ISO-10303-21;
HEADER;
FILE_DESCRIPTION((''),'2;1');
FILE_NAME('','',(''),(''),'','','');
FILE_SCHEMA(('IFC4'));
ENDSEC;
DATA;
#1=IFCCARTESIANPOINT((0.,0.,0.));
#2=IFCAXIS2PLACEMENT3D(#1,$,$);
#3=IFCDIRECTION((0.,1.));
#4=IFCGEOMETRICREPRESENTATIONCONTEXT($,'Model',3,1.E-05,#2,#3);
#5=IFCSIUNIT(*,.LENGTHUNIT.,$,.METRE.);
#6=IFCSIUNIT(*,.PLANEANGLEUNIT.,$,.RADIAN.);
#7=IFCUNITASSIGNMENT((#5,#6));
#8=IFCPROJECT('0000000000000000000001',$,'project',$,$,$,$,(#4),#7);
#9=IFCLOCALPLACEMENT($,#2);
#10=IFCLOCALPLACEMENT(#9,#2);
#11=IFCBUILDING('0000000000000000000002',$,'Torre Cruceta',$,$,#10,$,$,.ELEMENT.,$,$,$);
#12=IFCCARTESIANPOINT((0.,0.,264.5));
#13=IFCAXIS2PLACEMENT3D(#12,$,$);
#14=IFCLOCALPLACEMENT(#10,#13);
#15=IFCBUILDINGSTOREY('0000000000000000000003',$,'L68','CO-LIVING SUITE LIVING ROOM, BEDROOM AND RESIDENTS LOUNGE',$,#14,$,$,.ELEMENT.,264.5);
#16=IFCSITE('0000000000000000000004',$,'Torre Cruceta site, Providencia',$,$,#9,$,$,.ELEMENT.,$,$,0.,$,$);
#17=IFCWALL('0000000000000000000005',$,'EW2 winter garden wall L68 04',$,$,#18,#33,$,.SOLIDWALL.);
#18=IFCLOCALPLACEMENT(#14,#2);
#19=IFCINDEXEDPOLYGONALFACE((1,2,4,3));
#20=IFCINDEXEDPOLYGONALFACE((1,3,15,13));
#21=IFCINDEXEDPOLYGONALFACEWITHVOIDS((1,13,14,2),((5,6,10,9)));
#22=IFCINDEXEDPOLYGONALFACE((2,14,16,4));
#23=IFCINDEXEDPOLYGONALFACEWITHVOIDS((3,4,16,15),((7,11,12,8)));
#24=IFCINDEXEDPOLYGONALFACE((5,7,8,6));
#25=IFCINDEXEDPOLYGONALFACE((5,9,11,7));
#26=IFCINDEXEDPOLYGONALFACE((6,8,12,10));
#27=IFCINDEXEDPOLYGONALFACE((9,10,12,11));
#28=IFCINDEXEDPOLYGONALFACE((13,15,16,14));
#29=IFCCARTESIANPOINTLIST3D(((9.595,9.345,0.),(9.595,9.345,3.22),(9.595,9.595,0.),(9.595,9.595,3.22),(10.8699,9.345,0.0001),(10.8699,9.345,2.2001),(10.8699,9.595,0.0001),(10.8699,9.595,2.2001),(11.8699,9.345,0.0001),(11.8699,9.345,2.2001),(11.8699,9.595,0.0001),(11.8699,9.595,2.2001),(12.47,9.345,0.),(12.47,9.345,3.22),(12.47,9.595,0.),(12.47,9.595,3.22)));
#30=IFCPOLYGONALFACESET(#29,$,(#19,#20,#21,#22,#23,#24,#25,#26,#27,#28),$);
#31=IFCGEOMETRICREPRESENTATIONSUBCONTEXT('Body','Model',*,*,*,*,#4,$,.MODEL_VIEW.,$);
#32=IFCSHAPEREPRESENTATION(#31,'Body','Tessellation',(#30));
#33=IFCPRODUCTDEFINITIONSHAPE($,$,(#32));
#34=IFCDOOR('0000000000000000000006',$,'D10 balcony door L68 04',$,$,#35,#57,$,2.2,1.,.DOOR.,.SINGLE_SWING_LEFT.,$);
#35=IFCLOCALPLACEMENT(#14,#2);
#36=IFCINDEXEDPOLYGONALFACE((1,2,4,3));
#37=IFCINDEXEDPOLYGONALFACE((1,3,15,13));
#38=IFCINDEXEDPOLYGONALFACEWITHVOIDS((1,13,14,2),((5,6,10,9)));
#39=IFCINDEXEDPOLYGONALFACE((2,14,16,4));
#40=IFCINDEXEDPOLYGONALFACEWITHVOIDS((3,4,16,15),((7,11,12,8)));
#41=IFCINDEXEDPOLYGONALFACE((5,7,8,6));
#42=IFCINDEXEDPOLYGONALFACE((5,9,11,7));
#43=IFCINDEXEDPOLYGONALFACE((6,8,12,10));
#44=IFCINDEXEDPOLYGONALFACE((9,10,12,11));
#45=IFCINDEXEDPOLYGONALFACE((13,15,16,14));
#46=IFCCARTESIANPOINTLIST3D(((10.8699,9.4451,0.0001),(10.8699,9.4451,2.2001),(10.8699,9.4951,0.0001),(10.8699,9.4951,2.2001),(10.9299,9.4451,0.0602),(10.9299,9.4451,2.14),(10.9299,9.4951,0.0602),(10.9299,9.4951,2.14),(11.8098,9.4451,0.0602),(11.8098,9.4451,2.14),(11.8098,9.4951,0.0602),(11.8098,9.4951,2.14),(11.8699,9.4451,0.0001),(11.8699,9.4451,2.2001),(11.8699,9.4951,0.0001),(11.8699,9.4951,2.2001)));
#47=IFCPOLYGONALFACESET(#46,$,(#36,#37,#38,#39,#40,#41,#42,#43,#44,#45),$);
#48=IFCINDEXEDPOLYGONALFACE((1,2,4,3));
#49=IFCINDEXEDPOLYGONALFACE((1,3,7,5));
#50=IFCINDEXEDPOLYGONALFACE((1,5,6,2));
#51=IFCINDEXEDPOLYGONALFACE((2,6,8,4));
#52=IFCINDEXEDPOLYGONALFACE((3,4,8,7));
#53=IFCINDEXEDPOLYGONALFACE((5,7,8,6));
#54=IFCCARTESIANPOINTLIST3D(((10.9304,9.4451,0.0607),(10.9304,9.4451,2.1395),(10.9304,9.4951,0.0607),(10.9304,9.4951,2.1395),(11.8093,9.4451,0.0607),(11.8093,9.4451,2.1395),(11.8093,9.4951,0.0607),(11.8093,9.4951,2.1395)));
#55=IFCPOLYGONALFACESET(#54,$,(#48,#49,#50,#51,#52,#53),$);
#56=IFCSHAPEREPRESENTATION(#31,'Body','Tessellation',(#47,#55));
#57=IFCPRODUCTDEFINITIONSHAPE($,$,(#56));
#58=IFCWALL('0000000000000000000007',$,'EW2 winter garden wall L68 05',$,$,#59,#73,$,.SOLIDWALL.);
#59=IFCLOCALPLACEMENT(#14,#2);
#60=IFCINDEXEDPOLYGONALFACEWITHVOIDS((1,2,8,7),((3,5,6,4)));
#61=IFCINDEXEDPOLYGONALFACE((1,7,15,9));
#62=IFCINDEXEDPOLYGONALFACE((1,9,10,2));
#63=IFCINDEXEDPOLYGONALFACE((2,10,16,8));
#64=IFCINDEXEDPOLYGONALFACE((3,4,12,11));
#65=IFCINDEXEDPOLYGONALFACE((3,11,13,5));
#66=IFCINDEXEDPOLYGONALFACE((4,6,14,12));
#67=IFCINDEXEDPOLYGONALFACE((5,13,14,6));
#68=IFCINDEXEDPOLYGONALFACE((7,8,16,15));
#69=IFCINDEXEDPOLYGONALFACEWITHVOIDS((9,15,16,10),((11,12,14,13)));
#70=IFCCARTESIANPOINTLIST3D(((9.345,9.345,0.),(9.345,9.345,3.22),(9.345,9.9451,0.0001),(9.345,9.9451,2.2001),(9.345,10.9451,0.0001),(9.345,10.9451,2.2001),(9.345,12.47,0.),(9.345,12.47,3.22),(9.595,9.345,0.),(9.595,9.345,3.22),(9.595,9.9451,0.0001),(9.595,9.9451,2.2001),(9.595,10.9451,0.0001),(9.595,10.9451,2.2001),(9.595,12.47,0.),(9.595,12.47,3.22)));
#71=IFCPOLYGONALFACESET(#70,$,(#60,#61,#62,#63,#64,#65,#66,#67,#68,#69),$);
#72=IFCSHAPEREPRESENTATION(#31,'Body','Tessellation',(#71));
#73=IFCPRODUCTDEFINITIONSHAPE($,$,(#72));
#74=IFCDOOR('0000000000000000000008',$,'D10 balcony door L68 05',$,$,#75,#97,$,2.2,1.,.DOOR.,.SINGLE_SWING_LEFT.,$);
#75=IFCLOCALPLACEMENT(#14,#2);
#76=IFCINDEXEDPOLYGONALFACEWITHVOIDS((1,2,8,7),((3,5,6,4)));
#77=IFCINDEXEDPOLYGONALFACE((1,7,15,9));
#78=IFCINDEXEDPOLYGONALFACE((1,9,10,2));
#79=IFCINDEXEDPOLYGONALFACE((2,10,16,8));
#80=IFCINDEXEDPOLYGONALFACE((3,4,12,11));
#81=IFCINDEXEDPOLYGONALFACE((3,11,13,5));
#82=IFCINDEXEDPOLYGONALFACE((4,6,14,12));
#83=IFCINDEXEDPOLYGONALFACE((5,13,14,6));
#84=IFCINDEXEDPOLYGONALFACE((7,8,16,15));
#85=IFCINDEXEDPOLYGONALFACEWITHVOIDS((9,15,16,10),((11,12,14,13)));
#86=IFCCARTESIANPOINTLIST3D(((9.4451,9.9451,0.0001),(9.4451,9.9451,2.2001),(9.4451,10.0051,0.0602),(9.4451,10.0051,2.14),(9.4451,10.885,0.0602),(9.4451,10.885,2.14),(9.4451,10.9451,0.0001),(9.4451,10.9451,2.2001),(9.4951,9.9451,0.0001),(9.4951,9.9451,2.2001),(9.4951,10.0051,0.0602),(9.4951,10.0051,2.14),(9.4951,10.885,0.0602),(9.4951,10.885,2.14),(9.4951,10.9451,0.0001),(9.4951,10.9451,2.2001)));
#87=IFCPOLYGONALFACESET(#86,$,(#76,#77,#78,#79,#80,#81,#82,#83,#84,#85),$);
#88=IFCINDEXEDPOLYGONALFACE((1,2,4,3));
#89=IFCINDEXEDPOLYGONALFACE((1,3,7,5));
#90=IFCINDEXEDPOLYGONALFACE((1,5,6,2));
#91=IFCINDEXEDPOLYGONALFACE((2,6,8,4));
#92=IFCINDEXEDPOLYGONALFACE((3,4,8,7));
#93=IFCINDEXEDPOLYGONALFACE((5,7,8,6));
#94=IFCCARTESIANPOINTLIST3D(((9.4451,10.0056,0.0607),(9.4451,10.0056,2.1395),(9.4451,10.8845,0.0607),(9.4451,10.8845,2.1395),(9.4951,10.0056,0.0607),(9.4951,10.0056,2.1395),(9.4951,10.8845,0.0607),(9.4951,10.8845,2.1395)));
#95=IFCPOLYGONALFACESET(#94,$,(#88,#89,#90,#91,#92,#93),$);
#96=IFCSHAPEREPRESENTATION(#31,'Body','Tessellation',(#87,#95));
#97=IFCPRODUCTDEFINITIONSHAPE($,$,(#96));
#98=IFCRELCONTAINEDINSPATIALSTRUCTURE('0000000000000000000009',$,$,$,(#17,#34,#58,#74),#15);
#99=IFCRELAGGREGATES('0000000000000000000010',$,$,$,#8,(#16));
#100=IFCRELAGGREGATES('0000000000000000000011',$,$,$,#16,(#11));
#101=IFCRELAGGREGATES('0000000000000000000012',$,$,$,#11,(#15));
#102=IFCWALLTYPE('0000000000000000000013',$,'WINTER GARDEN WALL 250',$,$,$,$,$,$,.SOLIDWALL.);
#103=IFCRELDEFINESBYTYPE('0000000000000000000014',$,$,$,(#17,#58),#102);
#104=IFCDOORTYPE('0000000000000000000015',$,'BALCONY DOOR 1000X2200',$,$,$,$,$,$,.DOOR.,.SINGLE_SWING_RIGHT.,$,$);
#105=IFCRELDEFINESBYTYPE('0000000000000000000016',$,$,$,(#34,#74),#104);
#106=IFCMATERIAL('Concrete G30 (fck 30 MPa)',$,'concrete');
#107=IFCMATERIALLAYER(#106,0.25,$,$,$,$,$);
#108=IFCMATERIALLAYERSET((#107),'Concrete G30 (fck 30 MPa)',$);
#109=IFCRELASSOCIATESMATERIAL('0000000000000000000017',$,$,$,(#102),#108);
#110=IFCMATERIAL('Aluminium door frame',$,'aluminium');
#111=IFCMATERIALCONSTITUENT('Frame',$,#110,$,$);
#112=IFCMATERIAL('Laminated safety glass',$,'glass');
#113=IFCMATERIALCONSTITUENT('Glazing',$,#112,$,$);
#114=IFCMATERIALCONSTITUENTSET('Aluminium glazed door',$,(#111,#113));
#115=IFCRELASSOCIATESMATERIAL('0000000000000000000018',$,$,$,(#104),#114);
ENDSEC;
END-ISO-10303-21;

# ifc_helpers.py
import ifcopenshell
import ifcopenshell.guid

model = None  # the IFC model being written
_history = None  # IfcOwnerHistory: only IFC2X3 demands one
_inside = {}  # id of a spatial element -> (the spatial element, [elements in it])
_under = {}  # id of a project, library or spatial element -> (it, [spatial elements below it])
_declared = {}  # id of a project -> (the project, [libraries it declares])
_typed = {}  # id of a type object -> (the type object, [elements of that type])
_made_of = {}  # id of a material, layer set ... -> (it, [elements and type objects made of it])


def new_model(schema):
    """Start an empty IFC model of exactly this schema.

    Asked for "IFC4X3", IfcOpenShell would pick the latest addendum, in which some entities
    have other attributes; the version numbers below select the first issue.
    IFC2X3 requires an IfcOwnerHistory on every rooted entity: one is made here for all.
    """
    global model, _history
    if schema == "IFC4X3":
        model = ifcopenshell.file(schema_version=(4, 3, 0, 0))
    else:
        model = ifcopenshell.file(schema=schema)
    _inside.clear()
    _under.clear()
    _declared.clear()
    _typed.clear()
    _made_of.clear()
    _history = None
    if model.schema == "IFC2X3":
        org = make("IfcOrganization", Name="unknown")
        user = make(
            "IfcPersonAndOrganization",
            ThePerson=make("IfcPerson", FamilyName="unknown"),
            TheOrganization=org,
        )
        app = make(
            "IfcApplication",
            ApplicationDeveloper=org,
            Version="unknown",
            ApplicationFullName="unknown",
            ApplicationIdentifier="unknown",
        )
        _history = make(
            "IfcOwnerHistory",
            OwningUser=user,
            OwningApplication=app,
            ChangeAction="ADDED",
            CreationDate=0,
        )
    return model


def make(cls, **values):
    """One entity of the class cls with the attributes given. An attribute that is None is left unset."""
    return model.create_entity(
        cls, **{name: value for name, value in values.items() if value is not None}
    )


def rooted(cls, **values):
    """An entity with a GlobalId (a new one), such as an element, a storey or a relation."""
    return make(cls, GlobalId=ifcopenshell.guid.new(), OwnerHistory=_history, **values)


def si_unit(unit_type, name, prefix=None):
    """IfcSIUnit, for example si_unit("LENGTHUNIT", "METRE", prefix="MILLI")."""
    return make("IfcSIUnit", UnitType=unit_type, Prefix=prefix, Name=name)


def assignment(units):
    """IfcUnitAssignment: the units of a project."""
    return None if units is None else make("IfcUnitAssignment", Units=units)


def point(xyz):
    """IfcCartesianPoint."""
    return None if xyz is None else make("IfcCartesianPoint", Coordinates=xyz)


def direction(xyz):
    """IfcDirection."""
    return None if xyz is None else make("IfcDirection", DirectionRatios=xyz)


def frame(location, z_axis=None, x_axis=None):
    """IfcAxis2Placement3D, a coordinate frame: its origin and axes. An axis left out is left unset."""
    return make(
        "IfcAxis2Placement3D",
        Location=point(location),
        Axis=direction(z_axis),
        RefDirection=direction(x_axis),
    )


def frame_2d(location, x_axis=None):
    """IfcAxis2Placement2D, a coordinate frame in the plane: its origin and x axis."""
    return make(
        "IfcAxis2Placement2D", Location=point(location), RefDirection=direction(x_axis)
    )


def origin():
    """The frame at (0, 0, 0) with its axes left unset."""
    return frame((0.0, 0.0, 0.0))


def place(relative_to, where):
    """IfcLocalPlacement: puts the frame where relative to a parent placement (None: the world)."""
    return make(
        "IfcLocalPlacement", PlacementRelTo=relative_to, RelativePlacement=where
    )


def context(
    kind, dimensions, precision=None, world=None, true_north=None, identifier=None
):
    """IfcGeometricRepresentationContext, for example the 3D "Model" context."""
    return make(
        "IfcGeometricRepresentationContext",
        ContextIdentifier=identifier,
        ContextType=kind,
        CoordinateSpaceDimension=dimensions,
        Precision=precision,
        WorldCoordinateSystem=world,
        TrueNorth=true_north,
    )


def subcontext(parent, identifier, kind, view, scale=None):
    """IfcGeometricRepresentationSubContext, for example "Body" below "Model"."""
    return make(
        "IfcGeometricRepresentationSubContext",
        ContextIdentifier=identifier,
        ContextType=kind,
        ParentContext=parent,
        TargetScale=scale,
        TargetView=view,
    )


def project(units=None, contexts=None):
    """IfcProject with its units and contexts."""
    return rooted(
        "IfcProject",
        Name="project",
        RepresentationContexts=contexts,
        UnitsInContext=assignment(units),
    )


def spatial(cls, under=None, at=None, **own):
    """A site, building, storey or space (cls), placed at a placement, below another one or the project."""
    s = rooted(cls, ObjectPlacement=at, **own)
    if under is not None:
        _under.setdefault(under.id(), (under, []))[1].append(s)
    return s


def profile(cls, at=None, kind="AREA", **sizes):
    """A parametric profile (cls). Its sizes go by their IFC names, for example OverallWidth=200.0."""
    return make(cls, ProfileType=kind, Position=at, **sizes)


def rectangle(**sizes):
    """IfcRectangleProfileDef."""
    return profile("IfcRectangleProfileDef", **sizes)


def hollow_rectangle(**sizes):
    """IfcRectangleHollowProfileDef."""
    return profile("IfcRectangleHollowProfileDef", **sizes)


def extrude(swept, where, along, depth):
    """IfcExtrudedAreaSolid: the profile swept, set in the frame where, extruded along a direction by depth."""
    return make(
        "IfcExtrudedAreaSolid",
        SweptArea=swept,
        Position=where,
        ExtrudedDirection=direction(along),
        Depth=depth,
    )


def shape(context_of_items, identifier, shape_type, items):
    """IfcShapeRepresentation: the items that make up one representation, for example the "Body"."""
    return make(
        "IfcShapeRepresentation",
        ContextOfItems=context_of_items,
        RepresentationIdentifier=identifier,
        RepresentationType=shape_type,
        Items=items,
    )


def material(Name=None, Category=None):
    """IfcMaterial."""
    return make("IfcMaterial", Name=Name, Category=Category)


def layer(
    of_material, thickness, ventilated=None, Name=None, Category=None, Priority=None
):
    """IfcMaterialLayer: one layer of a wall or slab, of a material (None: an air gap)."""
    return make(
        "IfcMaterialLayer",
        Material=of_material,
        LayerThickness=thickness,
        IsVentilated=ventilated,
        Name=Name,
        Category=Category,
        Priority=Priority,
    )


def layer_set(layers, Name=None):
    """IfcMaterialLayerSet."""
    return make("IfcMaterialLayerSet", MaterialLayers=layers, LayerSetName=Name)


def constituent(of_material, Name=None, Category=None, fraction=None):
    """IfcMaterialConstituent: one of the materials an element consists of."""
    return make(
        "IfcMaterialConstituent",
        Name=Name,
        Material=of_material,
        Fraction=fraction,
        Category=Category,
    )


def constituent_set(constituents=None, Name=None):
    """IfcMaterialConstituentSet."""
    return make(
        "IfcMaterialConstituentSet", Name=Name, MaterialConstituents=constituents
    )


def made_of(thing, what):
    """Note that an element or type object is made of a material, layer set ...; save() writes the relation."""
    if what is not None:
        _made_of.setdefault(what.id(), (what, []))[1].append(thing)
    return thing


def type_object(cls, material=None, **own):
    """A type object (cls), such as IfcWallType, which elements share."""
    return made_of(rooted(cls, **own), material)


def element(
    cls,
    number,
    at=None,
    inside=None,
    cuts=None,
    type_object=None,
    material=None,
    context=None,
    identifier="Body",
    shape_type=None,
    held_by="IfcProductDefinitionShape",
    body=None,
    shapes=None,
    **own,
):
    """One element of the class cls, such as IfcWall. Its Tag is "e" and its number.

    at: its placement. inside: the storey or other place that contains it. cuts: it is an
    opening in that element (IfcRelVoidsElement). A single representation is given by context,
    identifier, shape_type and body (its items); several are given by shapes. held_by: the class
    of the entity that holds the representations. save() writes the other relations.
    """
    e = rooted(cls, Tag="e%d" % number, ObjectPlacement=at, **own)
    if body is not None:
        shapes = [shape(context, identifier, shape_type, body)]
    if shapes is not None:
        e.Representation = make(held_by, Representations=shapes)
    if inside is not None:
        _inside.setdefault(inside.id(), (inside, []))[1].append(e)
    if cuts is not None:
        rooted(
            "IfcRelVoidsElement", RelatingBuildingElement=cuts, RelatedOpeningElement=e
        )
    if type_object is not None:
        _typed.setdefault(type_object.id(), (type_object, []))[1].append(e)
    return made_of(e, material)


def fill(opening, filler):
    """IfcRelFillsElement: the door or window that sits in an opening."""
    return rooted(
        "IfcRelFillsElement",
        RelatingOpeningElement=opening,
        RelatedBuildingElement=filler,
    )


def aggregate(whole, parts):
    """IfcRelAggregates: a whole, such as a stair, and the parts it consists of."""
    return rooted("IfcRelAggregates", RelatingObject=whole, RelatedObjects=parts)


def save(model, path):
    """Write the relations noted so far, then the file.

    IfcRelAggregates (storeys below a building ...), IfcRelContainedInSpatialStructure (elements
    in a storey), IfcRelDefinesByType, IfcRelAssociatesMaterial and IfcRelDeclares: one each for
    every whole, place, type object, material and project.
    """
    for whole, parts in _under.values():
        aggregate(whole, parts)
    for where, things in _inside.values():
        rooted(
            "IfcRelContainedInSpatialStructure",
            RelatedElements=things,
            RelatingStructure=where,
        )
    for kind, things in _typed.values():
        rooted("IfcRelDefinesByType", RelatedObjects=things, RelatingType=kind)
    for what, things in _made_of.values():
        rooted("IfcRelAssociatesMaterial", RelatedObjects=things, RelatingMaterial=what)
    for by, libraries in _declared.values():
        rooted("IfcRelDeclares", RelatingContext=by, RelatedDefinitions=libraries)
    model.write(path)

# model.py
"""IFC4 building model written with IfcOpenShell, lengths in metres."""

from ifc_helpers import new_model, si_unit, direction, frame, frame_2d, origin, place, context, subcontext, project, spatial, rectangle, hollow_rectangle, extrude, material, layer, layer_set, constituent, constituent_set, type_object, element, fill, save


model = new_model("IFC4")

# Units and contexts
model_context = context("Model", 3, precision=1e-05, world=origin(), true_north=direction((0.0, 1.0)))
body_context = subcontext(model_context, "Body", "Model", "MODEL_VIEW")
ifc_project = project(units=[si_unit("LENGTHUNIT", "METRE"), si_unit("PLANEANGLEUNIT", "RADIAN")], contexts=[model_context])

# Site, building, storey
site_placement = place(None, origin())
site = spatial("IfcSite", under=ifc_project, at=site_placement, Name="Torre Cruceta site, Providencia", CompositionType="ELEMENT", RefElevation=0.0)
building_placement = place(site_placement, origin())
building = spatial("IfcBuilding", under=site, at=building_placement, Name="Torre Cruceta", CompositionType="ELEMENT")
storey_placement = place(building_placement, frame((0.0, 0.0, 264.5)))
storey = spatial("IfcBuildingStorey", under=building, at=storey_placement, Name="L68", Description="CO-LIVING SUITE LIVING ROOM, BEDROOM AND RESIDENTS LOUNGE", CompositionType="ELEMENT", Elevation=264.5)

# Walls, openings, doors
ifc_material_1 = material(Name="Concrete G30 (fck 30 MPa)", Category="concrete")
ifc_layer_1 = layer(ifc_material_1, 0.25)
ifc_layer_set_1 = layer_set([ifc_layer_1], Name="Concrete G30 (fck 30 MPa)")
wall_type_1 = type_object("IfcWallType", Name="WINTER GARDEN WALL 250", PredefinedType="SOLIDWALL", material=ifc_layer_set_1)
wall_1_placement = place(storey_placement, frame((12.47, 9.47, 0.0), z_axis=(0.0, 0.0, 1.0), x_axis=(-1.0, 0.0, 0.0)))
wall_1 = element("IfcWall", 1, at=wall_1_placement, inside=storey, type_object=wall_type_1, Name="EW2 winter garden wall L68 04", PredefinedType="SOLIDWALL", context=body_context, shape_type="SweptSolid", body=[
    extrude(rectangle(XDim=2.875, YDim=0.25, at=frame_2d((1.4375, 0.0))), origin(), (0.0, 0.0, 1.0), 3.22),
])
opening_1_placement = place(wall_1_placement, frame((0.6001, 0.0, 0.0)))
opening_1 = element("IfcOpeningElement", 2, at=opening_1_placement, cuts=wall_1, PredefinedType="OPENING", context=body_context, shape_type="SweptSolid", body=[
    extrude(rectangle(XDim=1.0, YDim=2.2, at=frame_2d((0.5, 1.1001))), frame((0.0, 0.135, 0.0), z_axis=(0.0, -1.0, 0.0), x_axis=(1.0, 0.0, 0.0)), (0.0, 0.0, 1.0), 0.27),
])
ifc_material_2 = material(Name="Aluminium door frame", Category="aluminium")
ifc_constituent_1 = constituent(ifc_material_2, Name="Frame")
ifc_material_3 = material(Name="Laminated safety glass", Category="glass")
ifc_constituent_2 = constituent(ifc_material_3, Name="Glazing")
ifc_constituent_set_1 = constituent_set(constituents=[ifc_constituent_1, ifc_constituent_2], Name="Aluminium glazed door")
door_type_1 = type_object("IfcDoorType", Name="BALCONY DOOR 1000X2200", OperationType="SINGLE_SWING_RIGHT", PredefinedType="DOOR", material=ifc_constituent_set_1)
door_1_placement = place(opening_1_placement, origin())
door_1 = element("IfcDoor", 3, at=door_1_placement, inside=storey, type_object=door_type_1, Name="D10 balcony door L68 04", OperationType="SINGLE_SWING_LEFT", OverallHeight=2.2, OverallWidth=1.0, PredefinedType="DOOR", context=body_context, shape_type="SweptSolid", body=[
    extrude(hollow_rectangle(XDim=1.0, YDim=2.2, WallThickness=0.0601, at=frame_2d((0.5, 1.1001))), frame((0.0, 0.0249, 0.0), z_axis=(0.0, -1.0, 0.0), x_axis=(1.0, 0.0, 0.0)), (0.0, 0.0, 1.0), 0.05),
    extrude(rectangle(XDim=0.8789, YDim=2.0789, at=frame_2d((0.5, 1.1001))), frame((0.0, 0.0249, 0.0), z_axis=(0.0, -1.0, 0.0), x_axis=(1.0, 0.0, 0.0)), (0.0, 0.0, 1.0), 0.05),
])
fill(opening_1, door_1)
wall_2_placement = place(storey_placement, frame((9.47, 9.345, 0.0), z_axis=(0.0, 0.0, 1.0), x_axis=(0.0, 1.0, 0.0)))
wall_2 = element("IfcWall", 4, at=wall_2_placement, inside=storey, type_object=wall_type_1, Name="EW2 winter garden wall L68 05", PredefinedType="SOLIDWALL", context=body_context, shape_type="SweptSolid", body=[
    extrude(rectangle(XDim=3.125, YDim=0.25, at=frame_2d((1.5625, 0.0))), origin(), (0.0, 0.0, 1.0), 3.22),
])
opening_2_placement = place(wall_2_placement, frame((0.6001, 0.0, 0.0)))
opening_2 = element("IfcOpeningElement", 5, at=opening_2_placement, cuts=wall_2, PredefinedType="OPENING", context=body_context, shape_type="SweptSolid", body=[
    extrude(rectangle(XDim=1.0, YDim=2.2, at=frame_2d((0.5, 1.1001))), frame((0.0, 0.135, 0.0), z_axis=(0.0, -1.0, 0.0), x_axis=(1.0, 0.0, 0.0)), (0.0, 0.0, 1.0), 0.27),
])
door_2_placement = place(opening_2_placement, origin())
door_2 = element("IfcDoor", 6, at=door_2_placement, inside=storey, type_object=door_type_1, Name="D10 balcony door L68 05", OperationType="SINGLE_SWING_LEFT", OverallHeight=2.2, OverallWidth=1.0, PredefinedType="DOOR", context=body_context, shape_type="SweptSolid", body=[
    extrude(hollow_rectangle(XDim=1.0, YDim=2.2, WallThickness=0.0601, at=frame_2d((0.5, 1.1001))), frame((0.0, 0.0249, 0.0), z_axis=(0.0, -1.0, 0.0), x_axis=(1.0, 0.0, 0.0)), (0.0, 0.0, 1.0), 0.05),
    extrude(rectangle(XDim=0.8789, YDim=2.0789, at=frame_2d((0.5, 1.1001))), frame((0.0, 0.0249, 0.0), z_axis=(0.0, -1.0, 0.0), x_axis=(1.0, 0.0, 0.0)), (0.0, 0.0, 1.0), 0.05),
])
fill(opening_2, door_2)

save(model, "model.ifc")
